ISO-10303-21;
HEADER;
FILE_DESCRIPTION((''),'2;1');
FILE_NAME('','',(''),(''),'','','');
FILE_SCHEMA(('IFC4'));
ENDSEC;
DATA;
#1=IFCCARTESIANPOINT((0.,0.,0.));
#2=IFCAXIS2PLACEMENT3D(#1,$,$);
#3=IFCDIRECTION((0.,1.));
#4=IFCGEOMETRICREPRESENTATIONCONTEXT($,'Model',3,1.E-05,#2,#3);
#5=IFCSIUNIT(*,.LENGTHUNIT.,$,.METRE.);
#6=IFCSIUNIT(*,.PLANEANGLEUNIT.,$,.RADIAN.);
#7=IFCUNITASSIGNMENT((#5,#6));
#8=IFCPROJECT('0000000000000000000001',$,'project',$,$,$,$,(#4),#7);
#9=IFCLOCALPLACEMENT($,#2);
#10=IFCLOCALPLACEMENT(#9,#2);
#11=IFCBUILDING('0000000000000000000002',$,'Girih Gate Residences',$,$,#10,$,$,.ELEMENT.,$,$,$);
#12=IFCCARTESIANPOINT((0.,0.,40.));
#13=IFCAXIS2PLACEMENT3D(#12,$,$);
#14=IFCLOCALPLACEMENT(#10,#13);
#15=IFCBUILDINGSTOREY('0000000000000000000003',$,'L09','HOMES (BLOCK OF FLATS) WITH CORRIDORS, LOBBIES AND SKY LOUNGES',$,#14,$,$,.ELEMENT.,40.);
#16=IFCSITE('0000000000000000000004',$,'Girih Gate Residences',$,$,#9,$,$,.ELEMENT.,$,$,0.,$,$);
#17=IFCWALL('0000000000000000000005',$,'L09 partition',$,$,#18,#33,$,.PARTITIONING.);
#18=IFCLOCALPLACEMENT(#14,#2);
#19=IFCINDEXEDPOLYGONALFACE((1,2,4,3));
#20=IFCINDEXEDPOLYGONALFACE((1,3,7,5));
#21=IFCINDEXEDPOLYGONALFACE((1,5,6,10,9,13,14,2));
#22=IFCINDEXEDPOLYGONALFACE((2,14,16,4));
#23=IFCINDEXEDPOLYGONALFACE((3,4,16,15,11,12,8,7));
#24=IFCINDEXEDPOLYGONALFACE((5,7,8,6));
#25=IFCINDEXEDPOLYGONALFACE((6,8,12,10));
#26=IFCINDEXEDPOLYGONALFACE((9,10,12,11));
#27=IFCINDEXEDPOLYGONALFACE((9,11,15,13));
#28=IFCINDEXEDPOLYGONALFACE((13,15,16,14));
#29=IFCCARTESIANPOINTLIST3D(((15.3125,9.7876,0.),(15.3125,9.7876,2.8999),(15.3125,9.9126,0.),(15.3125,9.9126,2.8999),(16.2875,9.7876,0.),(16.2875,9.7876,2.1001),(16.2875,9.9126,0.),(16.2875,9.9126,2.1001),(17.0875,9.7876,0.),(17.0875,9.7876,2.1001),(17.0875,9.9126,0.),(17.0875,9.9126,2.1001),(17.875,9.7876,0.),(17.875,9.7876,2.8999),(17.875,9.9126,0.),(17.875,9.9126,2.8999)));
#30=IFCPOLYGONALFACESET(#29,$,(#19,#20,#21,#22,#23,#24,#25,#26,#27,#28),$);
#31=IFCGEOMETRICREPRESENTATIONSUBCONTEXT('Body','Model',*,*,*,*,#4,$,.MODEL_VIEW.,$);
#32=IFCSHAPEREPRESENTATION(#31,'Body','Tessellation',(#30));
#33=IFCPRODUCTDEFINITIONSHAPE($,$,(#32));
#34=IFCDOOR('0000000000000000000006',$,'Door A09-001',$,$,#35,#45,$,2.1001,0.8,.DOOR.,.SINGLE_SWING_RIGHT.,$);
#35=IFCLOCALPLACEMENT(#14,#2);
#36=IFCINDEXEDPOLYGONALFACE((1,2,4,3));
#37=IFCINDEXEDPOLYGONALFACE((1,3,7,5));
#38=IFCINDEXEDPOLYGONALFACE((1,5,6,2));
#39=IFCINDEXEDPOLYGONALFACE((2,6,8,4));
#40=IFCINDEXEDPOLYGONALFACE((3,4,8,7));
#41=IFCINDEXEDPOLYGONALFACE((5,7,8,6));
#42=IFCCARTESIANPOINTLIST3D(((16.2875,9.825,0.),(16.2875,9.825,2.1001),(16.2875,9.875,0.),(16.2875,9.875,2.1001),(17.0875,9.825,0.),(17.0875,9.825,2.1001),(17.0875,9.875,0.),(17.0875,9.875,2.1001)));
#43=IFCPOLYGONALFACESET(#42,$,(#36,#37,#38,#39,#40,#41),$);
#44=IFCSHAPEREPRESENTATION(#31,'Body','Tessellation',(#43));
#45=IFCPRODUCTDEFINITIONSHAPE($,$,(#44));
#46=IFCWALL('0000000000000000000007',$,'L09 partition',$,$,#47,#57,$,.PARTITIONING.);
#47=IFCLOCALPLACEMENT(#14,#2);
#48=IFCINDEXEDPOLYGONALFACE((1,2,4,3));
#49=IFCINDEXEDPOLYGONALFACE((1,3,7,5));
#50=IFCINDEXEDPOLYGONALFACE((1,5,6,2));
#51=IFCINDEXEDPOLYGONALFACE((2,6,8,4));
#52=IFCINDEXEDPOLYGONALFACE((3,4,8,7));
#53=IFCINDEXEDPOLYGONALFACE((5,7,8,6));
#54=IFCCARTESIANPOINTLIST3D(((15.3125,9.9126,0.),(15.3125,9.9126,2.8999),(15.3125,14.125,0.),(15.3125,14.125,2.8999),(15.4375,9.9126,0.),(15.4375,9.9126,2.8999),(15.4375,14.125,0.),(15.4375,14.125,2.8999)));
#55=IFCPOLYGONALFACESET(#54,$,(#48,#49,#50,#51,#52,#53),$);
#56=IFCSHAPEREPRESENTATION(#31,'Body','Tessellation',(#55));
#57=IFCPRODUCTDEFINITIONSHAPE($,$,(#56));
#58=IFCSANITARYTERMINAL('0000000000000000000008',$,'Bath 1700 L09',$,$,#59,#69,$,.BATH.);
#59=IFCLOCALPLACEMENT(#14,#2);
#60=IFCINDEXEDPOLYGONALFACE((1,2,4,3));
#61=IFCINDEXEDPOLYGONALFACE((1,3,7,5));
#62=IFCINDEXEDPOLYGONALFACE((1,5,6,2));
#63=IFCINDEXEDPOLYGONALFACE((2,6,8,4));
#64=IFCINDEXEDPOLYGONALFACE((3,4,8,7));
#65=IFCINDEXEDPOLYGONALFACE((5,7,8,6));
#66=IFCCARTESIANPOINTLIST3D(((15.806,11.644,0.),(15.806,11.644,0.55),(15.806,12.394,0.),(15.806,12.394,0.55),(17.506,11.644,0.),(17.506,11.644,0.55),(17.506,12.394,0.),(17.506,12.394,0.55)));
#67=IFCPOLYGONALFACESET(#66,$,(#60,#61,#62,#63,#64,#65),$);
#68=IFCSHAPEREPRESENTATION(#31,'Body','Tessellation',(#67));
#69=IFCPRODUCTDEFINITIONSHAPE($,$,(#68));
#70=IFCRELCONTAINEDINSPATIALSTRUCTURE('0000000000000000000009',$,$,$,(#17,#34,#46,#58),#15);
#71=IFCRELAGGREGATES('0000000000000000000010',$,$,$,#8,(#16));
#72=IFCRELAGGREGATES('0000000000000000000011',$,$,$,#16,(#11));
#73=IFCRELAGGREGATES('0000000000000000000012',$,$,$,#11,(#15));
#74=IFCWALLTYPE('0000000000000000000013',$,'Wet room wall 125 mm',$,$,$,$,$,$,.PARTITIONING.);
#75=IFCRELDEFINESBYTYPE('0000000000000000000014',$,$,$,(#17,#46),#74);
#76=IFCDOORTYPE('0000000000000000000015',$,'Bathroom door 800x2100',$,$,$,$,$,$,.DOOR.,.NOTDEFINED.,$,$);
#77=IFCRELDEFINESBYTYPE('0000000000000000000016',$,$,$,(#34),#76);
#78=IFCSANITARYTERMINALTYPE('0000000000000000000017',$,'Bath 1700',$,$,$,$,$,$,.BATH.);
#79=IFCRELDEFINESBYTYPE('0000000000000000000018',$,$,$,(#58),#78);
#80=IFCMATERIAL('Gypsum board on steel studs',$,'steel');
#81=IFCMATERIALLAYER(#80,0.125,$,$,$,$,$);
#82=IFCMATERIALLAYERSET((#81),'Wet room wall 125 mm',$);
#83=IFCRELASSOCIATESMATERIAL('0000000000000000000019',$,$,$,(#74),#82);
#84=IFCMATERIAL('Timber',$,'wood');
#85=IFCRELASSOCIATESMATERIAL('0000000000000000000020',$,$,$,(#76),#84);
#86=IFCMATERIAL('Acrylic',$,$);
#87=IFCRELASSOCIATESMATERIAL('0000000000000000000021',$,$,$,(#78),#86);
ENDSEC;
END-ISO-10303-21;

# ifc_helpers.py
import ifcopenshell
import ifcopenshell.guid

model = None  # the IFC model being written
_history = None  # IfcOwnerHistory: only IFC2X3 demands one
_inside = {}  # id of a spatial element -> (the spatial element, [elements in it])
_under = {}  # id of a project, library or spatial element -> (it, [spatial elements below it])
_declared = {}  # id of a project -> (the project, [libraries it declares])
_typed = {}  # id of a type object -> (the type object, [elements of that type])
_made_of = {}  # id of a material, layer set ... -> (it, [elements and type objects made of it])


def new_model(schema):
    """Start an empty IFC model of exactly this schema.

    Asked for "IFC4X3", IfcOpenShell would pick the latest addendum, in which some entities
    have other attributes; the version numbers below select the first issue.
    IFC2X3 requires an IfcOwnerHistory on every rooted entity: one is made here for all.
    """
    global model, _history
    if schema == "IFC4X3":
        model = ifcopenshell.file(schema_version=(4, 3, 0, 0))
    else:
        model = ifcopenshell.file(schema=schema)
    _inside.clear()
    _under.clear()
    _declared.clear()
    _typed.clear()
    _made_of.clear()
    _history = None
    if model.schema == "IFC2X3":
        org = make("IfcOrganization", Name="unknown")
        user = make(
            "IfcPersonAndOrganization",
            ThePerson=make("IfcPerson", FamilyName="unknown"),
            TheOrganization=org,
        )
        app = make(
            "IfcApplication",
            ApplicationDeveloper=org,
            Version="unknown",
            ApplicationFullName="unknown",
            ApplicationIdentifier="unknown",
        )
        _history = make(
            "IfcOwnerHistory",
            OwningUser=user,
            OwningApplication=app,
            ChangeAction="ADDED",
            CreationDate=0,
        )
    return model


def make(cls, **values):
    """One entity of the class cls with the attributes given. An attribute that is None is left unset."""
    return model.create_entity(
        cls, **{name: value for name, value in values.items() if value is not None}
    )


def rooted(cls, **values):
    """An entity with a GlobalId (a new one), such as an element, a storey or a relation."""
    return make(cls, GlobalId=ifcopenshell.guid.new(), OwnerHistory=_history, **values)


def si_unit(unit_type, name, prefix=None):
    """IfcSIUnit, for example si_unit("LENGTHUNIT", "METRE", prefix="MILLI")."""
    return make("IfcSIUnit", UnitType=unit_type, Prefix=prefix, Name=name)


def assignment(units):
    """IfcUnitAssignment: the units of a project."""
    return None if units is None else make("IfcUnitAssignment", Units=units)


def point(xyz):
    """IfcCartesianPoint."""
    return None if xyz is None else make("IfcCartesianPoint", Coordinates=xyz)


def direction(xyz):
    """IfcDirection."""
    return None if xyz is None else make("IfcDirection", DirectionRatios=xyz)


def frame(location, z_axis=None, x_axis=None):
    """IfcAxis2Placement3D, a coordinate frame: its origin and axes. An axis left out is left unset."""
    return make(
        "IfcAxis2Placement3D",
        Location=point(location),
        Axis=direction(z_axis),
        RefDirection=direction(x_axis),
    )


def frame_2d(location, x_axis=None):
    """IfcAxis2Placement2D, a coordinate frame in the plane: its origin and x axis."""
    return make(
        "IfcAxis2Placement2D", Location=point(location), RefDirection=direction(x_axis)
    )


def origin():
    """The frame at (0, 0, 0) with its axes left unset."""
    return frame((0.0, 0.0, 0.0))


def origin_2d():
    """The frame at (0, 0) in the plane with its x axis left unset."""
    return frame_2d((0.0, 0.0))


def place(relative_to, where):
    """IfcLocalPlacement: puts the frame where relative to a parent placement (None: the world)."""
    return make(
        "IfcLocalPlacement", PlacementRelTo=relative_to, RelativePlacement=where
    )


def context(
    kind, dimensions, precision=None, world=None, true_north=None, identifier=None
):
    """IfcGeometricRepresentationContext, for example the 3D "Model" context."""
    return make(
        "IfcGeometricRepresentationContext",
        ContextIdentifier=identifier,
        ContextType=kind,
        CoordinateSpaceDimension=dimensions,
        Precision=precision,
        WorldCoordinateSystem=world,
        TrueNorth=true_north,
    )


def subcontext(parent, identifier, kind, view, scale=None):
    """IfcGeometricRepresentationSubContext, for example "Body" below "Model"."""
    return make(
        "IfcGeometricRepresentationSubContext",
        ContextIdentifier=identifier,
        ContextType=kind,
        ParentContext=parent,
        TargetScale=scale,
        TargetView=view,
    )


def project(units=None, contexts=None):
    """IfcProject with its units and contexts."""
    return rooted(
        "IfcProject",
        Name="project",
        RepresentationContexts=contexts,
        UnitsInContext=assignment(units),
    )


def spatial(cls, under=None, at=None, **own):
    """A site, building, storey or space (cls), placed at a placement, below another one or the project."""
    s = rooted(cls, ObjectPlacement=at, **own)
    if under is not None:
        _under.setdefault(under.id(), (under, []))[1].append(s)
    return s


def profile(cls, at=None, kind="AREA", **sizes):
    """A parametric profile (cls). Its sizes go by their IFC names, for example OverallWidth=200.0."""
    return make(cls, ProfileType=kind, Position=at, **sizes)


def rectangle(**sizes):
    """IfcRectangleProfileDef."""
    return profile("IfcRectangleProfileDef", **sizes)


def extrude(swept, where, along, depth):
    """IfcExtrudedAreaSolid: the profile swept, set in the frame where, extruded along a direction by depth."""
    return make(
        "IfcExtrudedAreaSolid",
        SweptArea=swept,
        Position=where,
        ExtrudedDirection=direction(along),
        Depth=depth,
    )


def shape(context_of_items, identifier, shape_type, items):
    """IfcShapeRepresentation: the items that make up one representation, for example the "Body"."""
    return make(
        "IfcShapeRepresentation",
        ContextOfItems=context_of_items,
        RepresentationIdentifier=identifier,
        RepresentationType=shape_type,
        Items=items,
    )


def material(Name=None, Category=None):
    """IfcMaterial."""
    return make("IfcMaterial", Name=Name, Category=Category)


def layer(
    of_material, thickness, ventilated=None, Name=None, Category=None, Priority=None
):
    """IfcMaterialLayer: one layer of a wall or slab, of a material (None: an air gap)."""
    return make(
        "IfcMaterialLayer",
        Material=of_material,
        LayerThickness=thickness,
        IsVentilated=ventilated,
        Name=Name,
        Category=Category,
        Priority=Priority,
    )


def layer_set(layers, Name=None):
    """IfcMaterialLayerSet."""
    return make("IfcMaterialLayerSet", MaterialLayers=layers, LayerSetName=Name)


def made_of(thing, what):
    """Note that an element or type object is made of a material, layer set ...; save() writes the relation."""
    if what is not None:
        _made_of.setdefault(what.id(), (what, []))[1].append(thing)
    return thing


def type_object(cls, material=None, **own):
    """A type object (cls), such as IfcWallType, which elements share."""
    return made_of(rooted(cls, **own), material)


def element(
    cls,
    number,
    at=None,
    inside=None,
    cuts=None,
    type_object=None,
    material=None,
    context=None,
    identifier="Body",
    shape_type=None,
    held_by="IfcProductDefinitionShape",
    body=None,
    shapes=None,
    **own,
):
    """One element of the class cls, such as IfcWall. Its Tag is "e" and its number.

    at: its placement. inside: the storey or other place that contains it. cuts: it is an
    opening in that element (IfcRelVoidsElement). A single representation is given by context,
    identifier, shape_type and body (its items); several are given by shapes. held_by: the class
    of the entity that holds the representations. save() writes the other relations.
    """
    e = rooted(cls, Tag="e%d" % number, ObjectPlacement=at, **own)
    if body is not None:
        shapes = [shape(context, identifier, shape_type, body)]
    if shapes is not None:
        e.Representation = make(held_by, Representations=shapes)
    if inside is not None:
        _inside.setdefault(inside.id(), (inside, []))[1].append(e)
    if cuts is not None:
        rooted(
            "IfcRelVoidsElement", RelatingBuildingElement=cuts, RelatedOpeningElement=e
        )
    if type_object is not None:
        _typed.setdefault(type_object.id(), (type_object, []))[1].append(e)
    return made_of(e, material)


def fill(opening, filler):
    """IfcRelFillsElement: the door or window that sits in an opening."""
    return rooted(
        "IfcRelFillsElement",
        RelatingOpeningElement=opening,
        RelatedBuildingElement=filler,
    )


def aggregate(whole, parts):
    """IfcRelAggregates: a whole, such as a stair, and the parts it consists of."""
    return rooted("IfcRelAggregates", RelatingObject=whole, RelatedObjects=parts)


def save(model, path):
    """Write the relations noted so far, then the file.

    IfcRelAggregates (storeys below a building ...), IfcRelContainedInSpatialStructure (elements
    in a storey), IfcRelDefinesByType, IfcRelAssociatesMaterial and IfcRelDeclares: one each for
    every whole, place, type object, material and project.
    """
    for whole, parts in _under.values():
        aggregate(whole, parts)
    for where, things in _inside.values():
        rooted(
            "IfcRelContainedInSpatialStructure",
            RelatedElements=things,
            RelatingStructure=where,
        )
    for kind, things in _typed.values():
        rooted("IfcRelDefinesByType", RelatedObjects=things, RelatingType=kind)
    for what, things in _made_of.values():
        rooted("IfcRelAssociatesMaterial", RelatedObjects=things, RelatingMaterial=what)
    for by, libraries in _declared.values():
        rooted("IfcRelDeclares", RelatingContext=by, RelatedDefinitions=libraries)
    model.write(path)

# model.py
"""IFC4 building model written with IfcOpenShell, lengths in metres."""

from ifc_helpers import new_model, si_unit, direction, frame, frame_2d, origin, origin_2d, place, context, subcontext, project, spatial, rectangle, extrude, material, layer, layer_set, type_object, element, fill, save


model = new_model("IFC4")

# Units and contexts
model_context = context("Model", 3, precision=1e-05, world=origin(), true_north=direction((0.0, 1.0)))
body_context = subcontext(model_context, "Body", "Model", "MODEL_VIEW")
ifc_project = project(units=[si_unit("LENGTHUNIT", "METRE"), si_unit("PLANEANGLEUNIT", "RADIAN")], contexts=[model_context])

# Site, building, storey
site_placement = place(None, origin())
site = spatial("IfcSite", under=ifc_project, at=site_placement, Name="Girih Gate Residences", CompositionType="ELEMENT", RefElevation=0.0)
building_placement = place(site_placement, origin())
building = spatial("IfcBuilding", under=site, at=building_placement, Name="Girih Gate Residences", CompositionType="ELEMENT")
storey_placement = place(building_placement, frame((0.0, 0.0, 40.0)))
storey = spatial("IfcBuildingStorey", under=building, at=storey_placement, Name="L09", Description="HOMES (BLOCK OF FLATS) WITH CORRIDORS, LOBBIES AND SKY LOUNGES", CompositionType="ELEMENT", Elevation=40.0)

# Shared definitions
ifc_material_1 = material(Name="Gypsum board on steel studs", Category="steel")

# Shared definitions
ifc_material_2 = material(Name="Timber", Category="wood")

# Wall, opening, door
ifc_layer_1 = layer(ifc_material_1, 0.125)
ifc_layer_set_1 = layer_set([ifc_layer_1], Name="Wet room wall 125 mm")
wall_type_1 = type_object("IfcWallType", Name="Wet room wall 125 mm", PredefinedType="PARTITIONING", material=ifc_layer_set_1)
wall_1_placement = place(storey_placement, frame((15.3125, 9.8501, 0.0), z_axis=(0.0, 0.0, 1.0), x_axis=(1.0, 0.0, 0.0)))
wall_1 = element("IfcWall", 1, at=wall_1_placement, inside=storey, type_object=wall_type_1, Name="L09 partition", PredefinedType="PARTITIONING", context=body_context, shape_type="SweptSolid", body=[
    extrude(rectangle(XDim=2.5625, YDim=0.125, at=frame_2d((1.2812, 0.0))), origin(), (0.0, 0.0, 1.0), 2.8999),
])
opening_1_placement = place(wall_1_placement, frame((0.9751, 0.0, 0.0)))
opening_1 = element("IfcOpeningElement", 2, at=opening_1_placement, cuts=wall_1, PredefinedType="OPENING", context=body_context, shape_type="SweptSolid", body=[
    extrude(rectangle(XDim=0.8, YDim=2.1001, at=frame_2d((0.3999, 1.05))), frame((0.0, 0.0725, 0.0), z_axis=(0.0, -1.0, 0.0), x_axis=(1.0, 0.0, 0.0)), (0.0, 0.0, 1.0), 0.145),
])
door_type_1 = type_object("IfcDoorType", Name="Bathroom door 800x2100", OperationType="NOTDEFINED", PredefinedType="DOOR", material=ifc_material_2)
door_1_placement = place(opening_1_placement, origin())
door_1 = element("IfcDoor", 3, at=door_1_placement, inside=storey, type_object=door_type_1, Name="Door A09-001", OperationType="SINGLE_SWING_RIGHT", OverallHeight=2.1001, OverallWidth=0.8, PredefinedType="DOOR", context=body_context, shape_type="SweptSolid", body=[
    extrude(rectangle(XDim=0.8, YDim=2.1001, at=frame_2d((0.3999, 1.05))), frame((0.0, 0.0249, 0.0), z_axis=(0.0, -1.0, 0.0), x_axis=(1.0, 0.0, 0.0)), (0.0, 0.0, 1.0), 0.05),
])
fill(opening_1, door_1)

# Wall
wall_2_placement = place(storey_placement, frame((15.375, 9.9126, 0.0), z_axis=(0.0, 0.0, 1.0), x_axis=(0.0, 1.0, 0.0)))
element("IfcWall", 4, at=wall_2_placement, inside=storey, type_object=wall_type_1, Name="L09 partition", PredefinedType="PARTITIONING", context=body_context, shape_type="SweptSolid", body=[
    extrude(rectangle(XDim=4.2124, YDim=0.125, at=frame_2d((2.1062, 0.0))), origin(), (0.0, 0.0, 1.0), 2.8999),
])

# Sanitary terminal
ifc_material_3 = material(Name="Acrylic")
sanitary_terminal_type = type_object("IfcSanitaryTerminalType", Name="Bath 1700", PredefinedType="BATH", material=ifc_material_3)
sanitary_terminal_placement = place(storey_placement, frame((16.656, 12.019, 0.0), z_axis=(0.0, 0.0, 1.0), x_axis=(1.0, 0.0, 0.0)))
element("IfcSanitaryTerminal", 5, at=sanitary_terminal_placement, inside=storey, type_object=sanitary_terminal_type, Name="Bath 1700 L09", PredefinedType="BATH", context=body_context, shape_type="SweptSolid", body=[
    extrude(rectangle(XDim=1.7, YDim=0.75, at=origin_2d()), origin(), (0.0, 0.0, 1.0), 0.55),
])

save(model, "model.ifc")
